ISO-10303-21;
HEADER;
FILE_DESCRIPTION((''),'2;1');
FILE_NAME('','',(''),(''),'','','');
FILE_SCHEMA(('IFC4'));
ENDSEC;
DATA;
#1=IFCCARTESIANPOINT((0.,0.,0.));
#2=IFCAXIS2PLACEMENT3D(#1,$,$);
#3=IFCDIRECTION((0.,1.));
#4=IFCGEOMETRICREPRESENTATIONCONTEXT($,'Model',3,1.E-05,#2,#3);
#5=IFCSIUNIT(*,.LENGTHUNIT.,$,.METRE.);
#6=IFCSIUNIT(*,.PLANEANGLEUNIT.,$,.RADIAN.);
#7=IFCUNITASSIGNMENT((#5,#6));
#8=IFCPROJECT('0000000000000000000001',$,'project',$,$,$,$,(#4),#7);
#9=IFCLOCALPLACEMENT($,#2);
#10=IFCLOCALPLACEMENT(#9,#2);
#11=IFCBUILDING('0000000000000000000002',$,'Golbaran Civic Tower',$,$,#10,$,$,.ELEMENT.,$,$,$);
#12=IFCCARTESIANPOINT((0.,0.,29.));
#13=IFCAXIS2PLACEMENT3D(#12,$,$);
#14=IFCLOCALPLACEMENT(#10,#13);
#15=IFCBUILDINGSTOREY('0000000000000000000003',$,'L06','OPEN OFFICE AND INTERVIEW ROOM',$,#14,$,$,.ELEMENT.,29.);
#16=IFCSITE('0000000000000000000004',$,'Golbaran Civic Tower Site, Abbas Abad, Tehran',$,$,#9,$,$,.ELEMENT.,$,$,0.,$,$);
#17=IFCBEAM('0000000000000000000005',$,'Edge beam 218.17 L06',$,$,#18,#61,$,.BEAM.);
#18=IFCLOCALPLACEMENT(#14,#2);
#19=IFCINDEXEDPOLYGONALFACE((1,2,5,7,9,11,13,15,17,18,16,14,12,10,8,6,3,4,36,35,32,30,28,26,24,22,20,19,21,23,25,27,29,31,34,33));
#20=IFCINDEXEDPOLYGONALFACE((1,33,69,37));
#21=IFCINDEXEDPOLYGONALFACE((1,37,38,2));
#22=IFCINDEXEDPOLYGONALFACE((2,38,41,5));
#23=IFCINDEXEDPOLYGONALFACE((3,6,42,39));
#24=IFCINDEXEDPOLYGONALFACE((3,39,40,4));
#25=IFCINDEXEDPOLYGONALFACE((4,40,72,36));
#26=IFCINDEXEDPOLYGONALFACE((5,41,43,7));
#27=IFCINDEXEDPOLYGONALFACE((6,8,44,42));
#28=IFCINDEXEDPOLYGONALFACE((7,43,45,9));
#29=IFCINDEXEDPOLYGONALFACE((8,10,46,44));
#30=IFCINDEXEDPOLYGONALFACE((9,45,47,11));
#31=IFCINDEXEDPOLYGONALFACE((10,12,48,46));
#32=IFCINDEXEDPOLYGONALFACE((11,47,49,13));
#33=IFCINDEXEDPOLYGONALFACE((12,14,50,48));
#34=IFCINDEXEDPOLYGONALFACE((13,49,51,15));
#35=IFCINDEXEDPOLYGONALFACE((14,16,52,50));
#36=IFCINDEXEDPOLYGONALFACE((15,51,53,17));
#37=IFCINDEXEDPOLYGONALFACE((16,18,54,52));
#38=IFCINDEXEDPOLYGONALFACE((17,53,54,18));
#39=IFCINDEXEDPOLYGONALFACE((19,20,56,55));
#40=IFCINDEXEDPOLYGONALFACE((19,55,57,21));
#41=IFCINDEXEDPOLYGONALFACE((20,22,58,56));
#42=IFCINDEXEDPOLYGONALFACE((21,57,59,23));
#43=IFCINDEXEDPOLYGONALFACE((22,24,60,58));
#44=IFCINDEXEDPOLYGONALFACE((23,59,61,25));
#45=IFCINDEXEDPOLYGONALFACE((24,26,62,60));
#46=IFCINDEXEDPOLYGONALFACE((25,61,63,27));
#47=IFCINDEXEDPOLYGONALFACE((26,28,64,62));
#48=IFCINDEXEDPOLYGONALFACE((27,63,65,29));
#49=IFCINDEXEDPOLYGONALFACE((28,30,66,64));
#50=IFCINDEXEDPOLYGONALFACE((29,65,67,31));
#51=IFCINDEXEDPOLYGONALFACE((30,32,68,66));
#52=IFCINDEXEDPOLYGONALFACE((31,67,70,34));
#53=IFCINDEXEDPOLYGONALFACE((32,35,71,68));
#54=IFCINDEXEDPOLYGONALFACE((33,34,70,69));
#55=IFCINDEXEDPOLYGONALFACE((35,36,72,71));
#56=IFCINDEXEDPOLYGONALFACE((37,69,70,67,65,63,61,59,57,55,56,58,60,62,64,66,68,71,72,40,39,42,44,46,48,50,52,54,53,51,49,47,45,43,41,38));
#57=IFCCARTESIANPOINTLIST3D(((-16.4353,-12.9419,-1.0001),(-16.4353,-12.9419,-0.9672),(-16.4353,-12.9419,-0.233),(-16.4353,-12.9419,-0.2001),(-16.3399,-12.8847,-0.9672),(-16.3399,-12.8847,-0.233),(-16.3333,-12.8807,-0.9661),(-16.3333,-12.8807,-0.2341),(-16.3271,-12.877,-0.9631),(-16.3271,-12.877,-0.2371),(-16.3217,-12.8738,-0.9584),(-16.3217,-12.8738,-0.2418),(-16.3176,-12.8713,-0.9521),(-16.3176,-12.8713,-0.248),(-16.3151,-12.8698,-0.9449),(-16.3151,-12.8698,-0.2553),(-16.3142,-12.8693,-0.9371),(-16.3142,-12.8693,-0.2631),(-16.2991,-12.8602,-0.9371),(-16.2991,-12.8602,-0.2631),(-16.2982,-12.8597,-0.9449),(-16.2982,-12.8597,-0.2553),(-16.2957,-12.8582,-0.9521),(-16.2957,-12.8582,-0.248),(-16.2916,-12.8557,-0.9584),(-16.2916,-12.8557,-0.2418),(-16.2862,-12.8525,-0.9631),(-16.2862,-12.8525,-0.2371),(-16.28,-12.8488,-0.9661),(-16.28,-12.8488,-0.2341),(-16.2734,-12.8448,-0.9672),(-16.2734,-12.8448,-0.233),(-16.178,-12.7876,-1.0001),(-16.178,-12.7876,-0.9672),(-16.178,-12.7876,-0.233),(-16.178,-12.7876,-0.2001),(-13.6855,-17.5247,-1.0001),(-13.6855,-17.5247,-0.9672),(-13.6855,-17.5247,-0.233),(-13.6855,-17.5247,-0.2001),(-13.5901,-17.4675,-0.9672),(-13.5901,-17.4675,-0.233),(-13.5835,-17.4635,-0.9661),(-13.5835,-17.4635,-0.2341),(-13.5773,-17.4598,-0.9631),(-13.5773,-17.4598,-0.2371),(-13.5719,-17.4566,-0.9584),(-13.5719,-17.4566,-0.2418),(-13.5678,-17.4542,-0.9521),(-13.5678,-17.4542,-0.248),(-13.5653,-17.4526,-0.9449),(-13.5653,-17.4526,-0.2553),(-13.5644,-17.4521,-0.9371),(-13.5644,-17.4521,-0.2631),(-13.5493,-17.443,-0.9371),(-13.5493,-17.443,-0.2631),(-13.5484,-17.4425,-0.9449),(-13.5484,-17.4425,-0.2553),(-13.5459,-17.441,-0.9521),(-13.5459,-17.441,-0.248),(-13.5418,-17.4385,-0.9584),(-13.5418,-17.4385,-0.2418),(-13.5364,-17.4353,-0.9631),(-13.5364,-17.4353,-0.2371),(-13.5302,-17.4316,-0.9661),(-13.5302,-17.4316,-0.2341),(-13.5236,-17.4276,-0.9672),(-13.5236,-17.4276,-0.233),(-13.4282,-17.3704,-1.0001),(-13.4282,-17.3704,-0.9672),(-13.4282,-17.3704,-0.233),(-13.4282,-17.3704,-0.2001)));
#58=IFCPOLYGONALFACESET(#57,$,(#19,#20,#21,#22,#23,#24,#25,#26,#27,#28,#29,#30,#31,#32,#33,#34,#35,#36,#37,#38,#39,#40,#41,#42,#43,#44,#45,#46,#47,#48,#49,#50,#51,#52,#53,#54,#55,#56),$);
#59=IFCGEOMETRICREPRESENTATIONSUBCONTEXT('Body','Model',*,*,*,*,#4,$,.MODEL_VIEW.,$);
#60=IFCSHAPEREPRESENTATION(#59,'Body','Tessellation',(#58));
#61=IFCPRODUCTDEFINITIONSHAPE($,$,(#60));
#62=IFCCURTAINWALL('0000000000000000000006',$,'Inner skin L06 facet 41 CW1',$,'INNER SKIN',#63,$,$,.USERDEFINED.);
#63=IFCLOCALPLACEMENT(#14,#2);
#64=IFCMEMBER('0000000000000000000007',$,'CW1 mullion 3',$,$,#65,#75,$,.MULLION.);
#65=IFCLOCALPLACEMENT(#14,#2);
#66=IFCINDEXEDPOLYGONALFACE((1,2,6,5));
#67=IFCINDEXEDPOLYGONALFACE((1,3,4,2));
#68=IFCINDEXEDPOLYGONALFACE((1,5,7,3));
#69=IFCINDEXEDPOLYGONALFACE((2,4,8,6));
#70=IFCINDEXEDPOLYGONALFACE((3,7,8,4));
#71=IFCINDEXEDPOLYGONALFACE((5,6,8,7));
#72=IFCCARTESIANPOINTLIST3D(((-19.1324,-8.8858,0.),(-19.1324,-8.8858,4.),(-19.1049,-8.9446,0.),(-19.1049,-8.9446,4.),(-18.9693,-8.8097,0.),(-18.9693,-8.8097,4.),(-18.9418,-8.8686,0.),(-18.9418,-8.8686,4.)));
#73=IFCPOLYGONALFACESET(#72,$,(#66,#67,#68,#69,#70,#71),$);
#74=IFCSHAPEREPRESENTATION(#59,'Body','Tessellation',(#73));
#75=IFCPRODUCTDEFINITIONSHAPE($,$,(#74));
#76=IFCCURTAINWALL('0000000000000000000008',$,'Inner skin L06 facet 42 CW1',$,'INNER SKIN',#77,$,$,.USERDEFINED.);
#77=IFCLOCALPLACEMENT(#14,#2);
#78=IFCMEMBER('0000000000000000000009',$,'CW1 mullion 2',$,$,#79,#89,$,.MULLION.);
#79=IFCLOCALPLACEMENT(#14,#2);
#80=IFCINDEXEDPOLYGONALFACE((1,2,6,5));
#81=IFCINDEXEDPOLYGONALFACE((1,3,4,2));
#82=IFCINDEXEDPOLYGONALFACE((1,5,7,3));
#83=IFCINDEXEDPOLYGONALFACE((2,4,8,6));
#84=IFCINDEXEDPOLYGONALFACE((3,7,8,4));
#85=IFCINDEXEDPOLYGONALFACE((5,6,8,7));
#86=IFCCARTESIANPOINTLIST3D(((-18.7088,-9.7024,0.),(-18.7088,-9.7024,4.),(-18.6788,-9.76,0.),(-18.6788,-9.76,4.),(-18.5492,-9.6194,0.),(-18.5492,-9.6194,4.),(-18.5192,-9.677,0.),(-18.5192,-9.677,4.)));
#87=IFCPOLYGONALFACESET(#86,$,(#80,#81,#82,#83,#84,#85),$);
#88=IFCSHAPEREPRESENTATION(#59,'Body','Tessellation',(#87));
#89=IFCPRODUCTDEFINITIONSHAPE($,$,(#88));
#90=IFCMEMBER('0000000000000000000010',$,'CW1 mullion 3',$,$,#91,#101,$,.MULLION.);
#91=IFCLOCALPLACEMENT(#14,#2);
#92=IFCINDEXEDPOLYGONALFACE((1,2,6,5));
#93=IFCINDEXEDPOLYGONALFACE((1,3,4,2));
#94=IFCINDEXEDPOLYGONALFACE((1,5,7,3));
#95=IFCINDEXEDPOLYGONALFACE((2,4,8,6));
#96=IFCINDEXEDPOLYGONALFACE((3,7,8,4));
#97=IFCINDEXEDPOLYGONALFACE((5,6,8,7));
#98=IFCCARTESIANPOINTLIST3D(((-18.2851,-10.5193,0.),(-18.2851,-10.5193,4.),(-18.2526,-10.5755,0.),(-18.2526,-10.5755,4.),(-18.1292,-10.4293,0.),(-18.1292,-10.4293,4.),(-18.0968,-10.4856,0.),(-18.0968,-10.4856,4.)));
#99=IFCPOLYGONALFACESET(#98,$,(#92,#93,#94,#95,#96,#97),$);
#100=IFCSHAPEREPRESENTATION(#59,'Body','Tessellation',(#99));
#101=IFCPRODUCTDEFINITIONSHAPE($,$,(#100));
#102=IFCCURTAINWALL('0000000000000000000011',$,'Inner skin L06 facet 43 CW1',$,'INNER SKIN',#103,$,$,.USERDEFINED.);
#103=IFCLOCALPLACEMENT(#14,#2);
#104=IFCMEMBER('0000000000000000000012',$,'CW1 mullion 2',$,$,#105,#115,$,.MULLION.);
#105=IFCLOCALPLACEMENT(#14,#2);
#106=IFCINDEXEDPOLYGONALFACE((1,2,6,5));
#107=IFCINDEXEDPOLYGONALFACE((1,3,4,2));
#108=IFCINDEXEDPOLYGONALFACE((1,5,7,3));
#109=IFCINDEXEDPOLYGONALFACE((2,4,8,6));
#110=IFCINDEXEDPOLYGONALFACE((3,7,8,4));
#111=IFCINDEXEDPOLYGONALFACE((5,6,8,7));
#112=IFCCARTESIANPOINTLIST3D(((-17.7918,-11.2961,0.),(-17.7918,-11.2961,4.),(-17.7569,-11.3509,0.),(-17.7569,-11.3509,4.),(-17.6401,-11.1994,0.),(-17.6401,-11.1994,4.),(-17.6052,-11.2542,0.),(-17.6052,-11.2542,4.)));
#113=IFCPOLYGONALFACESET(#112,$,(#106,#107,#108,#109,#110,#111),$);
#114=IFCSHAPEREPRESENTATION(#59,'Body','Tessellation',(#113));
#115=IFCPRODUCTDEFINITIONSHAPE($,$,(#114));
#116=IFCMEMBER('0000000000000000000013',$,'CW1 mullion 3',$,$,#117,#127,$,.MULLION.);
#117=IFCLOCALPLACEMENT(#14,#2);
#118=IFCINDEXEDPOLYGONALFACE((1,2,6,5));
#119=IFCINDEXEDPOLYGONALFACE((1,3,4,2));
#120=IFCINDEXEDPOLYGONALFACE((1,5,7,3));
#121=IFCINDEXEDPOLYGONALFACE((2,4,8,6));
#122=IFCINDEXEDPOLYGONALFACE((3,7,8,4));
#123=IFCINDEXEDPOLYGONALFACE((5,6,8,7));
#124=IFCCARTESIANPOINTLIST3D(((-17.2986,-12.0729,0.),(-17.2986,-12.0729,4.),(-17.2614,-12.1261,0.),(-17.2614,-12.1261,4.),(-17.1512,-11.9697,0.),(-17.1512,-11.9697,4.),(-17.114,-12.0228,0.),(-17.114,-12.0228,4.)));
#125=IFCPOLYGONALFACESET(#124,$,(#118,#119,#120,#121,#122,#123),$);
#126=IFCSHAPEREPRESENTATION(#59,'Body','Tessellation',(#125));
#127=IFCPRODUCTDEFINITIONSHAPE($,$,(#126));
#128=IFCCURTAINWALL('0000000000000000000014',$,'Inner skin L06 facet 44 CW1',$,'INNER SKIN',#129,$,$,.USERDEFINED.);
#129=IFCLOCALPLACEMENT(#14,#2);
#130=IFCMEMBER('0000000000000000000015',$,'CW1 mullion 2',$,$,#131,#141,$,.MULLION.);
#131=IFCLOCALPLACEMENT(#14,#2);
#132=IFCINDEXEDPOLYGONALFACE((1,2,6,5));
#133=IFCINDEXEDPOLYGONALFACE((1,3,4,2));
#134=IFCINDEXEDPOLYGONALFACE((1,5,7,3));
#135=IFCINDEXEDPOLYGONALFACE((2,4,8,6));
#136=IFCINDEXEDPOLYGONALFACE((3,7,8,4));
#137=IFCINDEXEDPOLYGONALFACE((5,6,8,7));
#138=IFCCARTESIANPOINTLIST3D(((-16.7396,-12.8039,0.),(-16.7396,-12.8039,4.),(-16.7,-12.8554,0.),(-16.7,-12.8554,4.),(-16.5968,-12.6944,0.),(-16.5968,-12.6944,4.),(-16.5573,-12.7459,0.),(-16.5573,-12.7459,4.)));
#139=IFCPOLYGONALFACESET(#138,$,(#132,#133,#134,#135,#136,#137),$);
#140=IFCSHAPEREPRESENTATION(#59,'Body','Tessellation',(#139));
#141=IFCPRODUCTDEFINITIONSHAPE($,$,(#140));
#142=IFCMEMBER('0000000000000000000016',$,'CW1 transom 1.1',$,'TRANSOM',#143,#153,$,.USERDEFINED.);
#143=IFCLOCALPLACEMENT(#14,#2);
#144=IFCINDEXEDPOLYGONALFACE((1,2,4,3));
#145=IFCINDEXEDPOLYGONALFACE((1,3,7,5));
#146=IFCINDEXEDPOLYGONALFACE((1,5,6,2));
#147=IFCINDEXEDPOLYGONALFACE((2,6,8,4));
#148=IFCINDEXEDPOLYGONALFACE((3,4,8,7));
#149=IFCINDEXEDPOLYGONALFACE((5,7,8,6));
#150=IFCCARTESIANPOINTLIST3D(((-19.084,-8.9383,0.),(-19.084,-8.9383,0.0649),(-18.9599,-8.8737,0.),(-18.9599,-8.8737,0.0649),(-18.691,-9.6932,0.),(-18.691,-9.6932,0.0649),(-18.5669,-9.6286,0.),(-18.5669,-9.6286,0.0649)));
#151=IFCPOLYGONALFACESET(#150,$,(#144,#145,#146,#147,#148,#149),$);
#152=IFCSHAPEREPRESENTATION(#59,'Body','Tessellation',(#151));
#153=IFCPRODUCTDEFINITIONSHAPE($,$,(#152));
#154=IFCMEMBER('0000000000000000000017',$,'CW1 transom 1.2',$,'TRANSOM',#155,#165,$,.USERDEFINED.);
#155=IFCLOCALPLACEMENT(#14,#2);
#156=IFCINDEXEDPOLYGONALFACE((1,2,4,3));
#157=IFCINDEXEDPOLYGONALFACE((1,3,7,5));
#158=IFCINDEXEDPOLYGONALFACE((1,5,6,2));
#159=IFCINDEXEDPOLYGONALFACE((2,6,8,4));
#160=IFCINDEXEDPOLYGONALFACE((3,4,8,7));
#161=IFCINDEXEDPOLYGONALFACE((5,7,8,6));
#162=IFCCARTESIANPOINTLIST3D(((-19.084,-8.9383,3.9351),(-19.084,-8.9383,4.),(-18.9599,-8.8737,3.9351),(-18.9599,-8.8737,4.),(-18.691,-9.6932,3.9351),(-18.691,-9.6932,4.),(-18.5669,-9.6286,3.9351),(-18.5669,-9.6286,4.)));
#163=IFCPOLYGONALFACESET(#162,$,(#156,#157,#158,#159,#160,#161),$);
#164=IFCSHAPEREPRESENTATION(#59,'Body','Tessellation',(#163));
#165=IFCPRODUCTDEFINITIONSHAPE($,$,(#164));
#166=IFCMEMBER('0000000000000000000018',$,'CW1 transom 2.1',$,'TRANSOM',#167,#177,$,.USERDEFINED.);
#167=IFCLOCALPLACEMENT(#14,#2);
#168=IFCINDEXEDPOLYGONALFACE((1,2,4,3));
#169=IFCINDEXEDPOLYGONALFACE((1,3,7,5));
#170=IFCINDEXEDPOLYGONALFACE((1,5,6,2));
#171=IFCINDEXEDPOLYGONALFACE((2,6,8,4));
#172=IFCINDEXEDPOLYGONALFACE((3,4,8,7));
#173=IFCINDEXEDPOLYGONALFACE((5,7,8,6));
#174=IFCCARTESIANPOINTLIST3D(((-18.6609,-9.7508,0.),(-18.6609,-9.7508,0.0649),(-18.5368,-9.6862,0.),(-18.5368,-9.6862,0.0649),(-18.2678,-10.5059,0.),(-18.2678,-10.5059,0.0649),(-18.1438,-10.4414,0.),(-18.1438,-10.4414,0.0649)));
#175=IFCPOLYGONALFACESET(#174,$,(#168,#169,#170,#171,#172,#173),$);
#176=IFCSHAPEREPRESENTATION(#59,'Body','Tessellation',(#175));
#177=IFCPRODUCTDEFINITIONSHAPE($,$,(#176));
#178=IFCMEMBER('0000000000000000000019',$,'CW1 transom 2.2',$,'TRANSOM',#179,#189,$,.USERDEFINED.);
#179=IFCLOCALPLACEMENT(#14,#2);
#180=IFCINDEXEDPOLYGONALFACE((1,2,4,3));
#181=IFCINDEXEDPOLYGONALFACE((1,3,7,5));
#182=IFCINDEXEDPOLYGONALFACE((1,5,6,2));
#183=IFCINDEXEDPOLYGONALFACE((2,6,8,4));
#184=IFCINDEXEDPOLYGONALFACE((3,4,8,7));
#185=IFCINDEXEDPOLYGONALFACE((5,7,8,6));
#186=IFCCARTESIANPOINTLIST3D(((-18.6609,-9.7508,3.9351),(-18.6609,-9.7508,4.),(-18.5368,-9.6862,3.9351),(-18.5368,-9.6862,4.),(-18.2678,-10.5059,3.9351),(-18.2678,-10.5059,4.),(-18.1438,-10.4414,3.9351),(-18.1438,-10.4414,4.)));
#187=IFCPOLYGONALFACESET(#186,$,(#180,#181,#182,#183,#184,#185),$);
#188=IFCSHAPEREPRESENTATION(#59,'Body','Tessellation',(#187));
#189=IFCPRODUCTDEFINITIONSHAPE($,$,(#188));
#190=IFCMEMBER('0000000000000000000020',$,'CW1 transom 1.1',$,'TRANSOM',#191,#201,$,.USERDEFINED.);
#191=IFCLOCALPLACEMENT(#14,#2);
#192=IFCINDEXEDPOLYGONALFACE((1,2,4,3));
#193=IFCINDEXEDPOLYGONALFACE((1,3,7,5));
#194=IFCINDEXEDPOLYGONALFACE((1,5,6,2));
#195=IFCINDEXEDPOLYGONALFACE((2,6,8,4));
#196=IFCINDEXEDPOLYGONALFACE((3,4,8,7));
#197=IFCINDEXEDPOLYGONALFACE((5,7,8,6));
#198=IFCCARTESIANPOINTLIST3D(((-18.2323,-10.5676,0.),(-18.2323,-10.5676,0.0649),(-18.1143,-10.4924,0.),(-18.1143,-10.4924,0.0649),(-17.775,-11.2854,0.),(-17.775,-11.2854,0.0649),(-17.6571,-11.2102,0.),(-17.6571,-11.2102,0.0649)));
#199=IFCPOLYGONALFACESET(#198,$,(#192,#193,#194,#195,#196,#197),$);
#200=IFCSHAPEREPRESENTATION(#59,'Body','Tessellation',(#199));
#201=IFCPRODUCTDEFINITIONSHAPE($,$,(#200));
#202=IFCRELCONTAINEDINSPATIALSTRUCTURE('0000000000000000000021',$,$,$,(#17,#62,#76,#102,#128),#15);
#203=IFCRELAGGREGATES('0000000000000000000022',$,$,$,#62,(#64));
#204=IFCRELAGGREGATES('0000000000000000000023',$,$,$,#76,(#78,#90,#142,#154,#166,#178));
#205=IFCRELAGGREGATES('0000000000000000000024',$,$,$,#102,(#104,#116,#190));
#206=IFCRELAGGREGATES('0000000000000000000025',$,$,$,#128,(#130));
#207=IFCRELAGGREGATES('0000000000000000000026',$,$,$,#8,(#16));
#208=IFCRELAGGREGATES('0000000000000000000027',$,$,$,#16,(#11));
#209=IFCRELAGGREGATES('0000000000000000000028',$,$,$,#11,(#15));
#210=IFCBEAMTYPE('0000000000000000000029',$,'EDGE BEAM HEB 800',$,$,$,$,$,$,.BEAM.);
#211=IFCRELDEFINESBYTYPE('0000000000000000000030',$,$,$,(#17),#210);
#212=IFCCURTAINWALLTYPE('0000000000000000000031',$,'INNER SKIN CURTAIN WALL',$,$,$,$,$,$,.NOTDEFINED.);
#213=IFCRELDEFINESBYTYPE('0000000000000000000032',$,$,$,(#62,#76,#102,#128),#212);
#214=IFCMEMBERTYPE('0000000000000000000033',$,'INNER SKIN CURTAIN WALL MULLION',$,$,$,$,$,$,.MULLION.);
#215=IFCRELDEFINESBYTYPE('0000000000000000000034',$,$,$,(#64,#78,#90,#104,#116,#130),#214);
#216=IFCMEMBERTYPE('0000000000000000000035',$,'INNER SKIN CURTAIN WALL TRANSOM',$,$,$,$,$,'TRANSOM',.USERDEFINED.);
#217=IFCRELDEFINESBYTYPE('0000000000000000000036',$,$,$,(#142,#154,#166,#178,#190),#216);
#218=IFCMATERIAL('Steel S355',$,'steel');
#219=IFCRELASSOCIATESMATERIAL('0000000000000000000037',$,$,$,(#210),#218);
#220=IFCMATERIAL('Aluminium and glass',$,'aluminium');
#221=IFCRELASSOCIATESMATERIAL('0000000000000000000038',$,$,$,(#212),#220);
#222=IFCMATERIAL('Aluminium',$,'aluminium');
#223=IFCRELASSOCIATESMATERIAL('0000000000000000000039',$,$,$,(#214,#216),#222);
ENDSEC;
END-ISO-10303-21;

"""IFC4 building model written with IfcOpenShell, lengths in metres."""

from ifc_helpers import new_model, si_unit, direction, frame, origin, origin_2d, place, context, subcontext, project, spatial, rectangle, i_section, extrude, material, material_profile, profile_set, type_object, element, aggregate, save


model = new_model("IFC4")

# Units and contexts
model_context = context("Model", 3, precision=1e-05, world=origin(), true_north=direction((0.0, 1.0)))
body_context = subcontext(model_context, "Body", "Model", "MODEL_VIEW")
ifc_project = project(units=[si_unit("LENGTHUNIT", "METRE"), si_unit("PLANEANGLEUNIT", "RADIAN")], contexts=[model_context])

# Site, building, storey
site_placement = place(None, origin())
site = spatial("IfcSite", under=ifc_project, at=site_placement, Name="Golbaran Civic Tower Site, Abbas Abad, Tehran", CompositionType="ELEMENT", RefElevation=0.0)
building_placement = place(site_placement, origin())
building = spatial("IfcBuilding", under=site, at=building_placement, Name="Golbaran Civic Tower", CompositionType="ELEMENT")
storey_placement = place(building_placement, frame((0.0, 0.0, 29.0)))
storey = spatial("IfcBuildingStorey", under=building, at=storey_placement, Name="L06", Description="OPEN OFFICE AND INTERVIEW ROOM", CompositionType="ELEMENT", Elevation=29.0)

# Beam
ifc_material_1 = material(Name="Steel S355", Category="steel")
ifc_material_profile_1 = material_profile(ifc_material_1, i_section(OverallWidth=0.3, OverallDepth=0.8, WebThickness=0.0176, FlangeThickness=0.033, FilletRadius=0.03, at=origin_2d()), Name="HEB 800")
ifc_profile_set_1 = profile_set([ifc_material_profile_1], Name="Steel S355")
beam_type = type_object("IfcBeamType", Name="EDGE BEAM HEB 800", PredefinedType="BEAM", material=ifc_profile_set_1)
beam_placement = place(storey_placement, frame((-16.3066, -12.8647, -0.6001), z_axis=(0.514509, -0.857485, 0.0), x_axis=(0.857485, 0.514509, 0.0)))
element("IfcBeam", 1, at=beam_placement, inside=storey, type_object=beam_type, Name="Edge beam 218.17 L06", PredefinedType="BEAM", context=body_context, shape_type="SweptSolid", body=[
    extrude(i_section(OverallWidth=0.3, OverallDepth=0.8, WebThickness=0.0176, FlangeThickness=0.033, FilletRadius=0.03, at=origin_2d()), origin(), (0.0, 0.0, 1.0), 5.3445),
])

# Curtain wall, member
ifc_material_2 = material(Name="Aluminium and glass", Category="aluminium")
curtain_wall_type = type_object("IfcCurtainWallType", Name="INNER SKIN CURTAIN WALL", PredefinedType="NOTDEFINED", material=ifc_material_2)
curtain_wall_1_placement = place(storey_placement, origin())
curtain_wall_1 = element("IfcCurtainWall", 2, at=curtain_wall_1_placement, inside=storey, type_object=curtain_wall_type, Name="Inner skin L06 facet 41 CW1", ObjectType="INNER SKIN", PredefinedType="USERDEFINED")
ifc_material_3 = material(Name="Aluminium", Category="aluminium")
ifc_material_profile_2 = material_profile(ifc_material_3, rectangle(XDim=0.1799, YDim=0.0649, at=origin_2d()), Name="INNER SKIN CURTAIN WALL MULLION")
ifc_profile_set_2 = profile_set([ifc_material_profile_2], Name="Aluminium")
member_type_1 = type_object("IfcMemberType", Name="INNER SKIN CURTAIN WALL MULLION", PredefinedType="MULLION", material=ifc_profile_set_2)
member_1_placement = place(storey_placement, frame((-19.0371, -8.8772, 0.0), z_axis=(0.0, 0.0, 1.0), x_axis=(0.906308, 0.422618, 0.0)))
member_1 = element("IfcMember", 3, at=member_1_placement, type_object=member_type_1, Name="CW1 mullion 3", PredefinedType="MULLION", context=body_context, shape_type="SweptSolid", body=[
    extrude(rectangle(XDim=0.1799, YDim=0.0649, at=origin_2d()), origin(), (0.0, 0.0, 1.0), 4.0),
])

# Curtain walls, members
curtain_wall_2_placement = place(storey_placement, origin())
curtain_wall_2 = element("IfcCurtainWall", 4, at=curtain_wall_2_placement, inside=storey, type_object=curtain_wall_type, Name="Inner skin L06 facet 42 CW1", ObjectType="INNER SKIN", PredefinedType="USERDEFINED")
member_2_placement = place(storey_placement, frame((-18.614, -9.6897, 0.0), z_axis=(0.0, 0.0, 1.0), x_axis=(0.887011, 0.461749, 0.0)))
member_2 = element("IfcMember", 5, at=member_2_placement, type_object=member_type_1, Name="CW1 mullion 2", PredefinedType="MULLION", context=body_context, shape_type="SweptSolid", body=[
    extrude(rectangle(XDim=0.1799, YDim=0.0649, at=origin_2d()), origin(), (0.0, 0.0, 1.0), 4.0),
])
member_3_placement = place(storey_placement, frame((-18.1909, -10.5024, 0.0), z_axis=(0.0, 0.0, 1.0), x_axis=(0.866025, 0.5, 0.0)))
member_3 = element("IfcMember", 6, at=member_3_placement, type_object=member_type_1, Name="CW1 mullion 3", PredefinedType="MULLION", context=body_context, shape_type="SweptSolid", body=[
    extrude(rectangle(XDim=0.1799, YDim=0.0649, at=origin_2d()), origin(), (0.0, 0.0, 1.0), 4.0),
])
curtain_wall_3_placement = place(storey_placement, origin())
curtain_wall_3 = element("IfcCurtainWall", 7, at=curtain_wall_3_placement, inside=storey, type_object=curtain_wall_type, Name="Inner skin L06 facet 43 CW1", ObjectType="INNER SKIN", PredefinedType="USERDEFINED")
member_4_placement = place(storey_placement, frame((-17.6985, -11.2751, 0.0), z_axis=(0.0, 0.0, 1.0), x_axis=(0.843391, 0.5373, 0.0)))
member_4 = element("IfcMember", 8, at=member_4_placement, type_object=member_type_1, Name="CW1 mullion 2", PredefinedType="MULLION", context=body_context, shape_type="SweptSolid", body=[
    extrude(rectangle(XDim=0.1799, YDim=0.0649, at=origin_2d()), origin(), (0.0, 0.0, 1.0), 4.0),
])
member_5_placement = place(storey_placement, frame((-17.2063, -12.0479, 0.0), z_axis=(0.0, 0.0, 1.0), x_axis=(0.819152, 0.573576, 0.0)))
member_5 = element("IfcMember", 9, at=member_5_placement, type_object=member_type_1, Name="CW1 mullion 3", PredefinedType="MULLION", context=body_context, shape_type="SweptSolid", body=[
    extrude(rectangle(XDim=0.1799, YDim=0.0649, at=origin_2d()), origin(), (0.0, 0.0, 1.0), 4.0),
])

# Curtain wall, member
curtain_wall_4_placement = place(storey_placement, origin())
curtain_wall_4 = element("IfcCurtainWall", 10, at=curtain_wall_4_placement, inside=storey, type_object=curtain_wall_type, Name="Inner skin L06 facet 44 CW1", ObjectType="INNER SKIN", PredefinedType="USERDEFINED")
member_6_placement = place(storey_placement, frame((-16.6484, -12.7749, 0.0), z_axis=(0.0, 0.0, 1.0), x_axis=(0.793353, 0.608761, 0.0)))
member_6 = element("IfcMember", 11, at=member_6_placement, type_object=member_type_1, Name="CW1 mullion 2", PredefinedType="MULLION", context=body_context, shape_type="SweptSolid", body=[
    extrude(rectangle(XDim=0.1799, YDim=0.0649, at=origin_2d()), origin(), (0.0, 0.0, 1.0), 4.0),
])

# Members
ifc_material_profile_3 = material_profile(ifc_material_3, rectangle(XDim=0.1399, YDim=0.0649, at=origin_2d()), Name="INNER SKIN CURTAIN WALL TRANSOM")
ifc_profile_set_3 = profile_set([ifc_material_profile_3], Name="Aluminium")
member_type_2 = type_object("IfcMemberType", Name="INNER SKIN CURTAIN WALL TRANSOM", ElementType="TRANSOM", PredefinedType="USERDEFINED", material=ifc_profile_set_3)
member_7_placement = place(storey_placement, frame((-19.022, -8.906, 0.0325), z_axis=(0.46184, -0.886963, 0.0), x_axis=(0.886963, 0.46184, 0.0)))
member_7 = element("IfcMember", 12, at=member_7_placement, type_object=member_type_2, Name="CW1 transom 1.1", ObjectType="TRANSOM", PredefinedType="USERDEFINED", context=body_context, shape_type="SweptSolid", body=[
    extrude(rectangle(XDim=0.1399, YDim=0.0649, at=origin_2d()), origin(), (0.0, 0.0, 1.0), 0.8511),
])
member_8_placement = place(storey_placement, frame((-19.022, -8.906, 3.9675), z_axis=(0.46184, -0.886963, 0.0), x_axis=(0.886963, 0.46184, 0.0)))
member_8 = element("IfcMember", 13, at=member_8_placement, type_object=member_type_2, Name="CW1 transom 1.2", ObjectType="TRANSOM", PredefinedType="USERDEFINED", context=body_context, shape_type="SweptSolid", body=[
    extrude(rectangle(XDim=0.1399, YDim=0.0649, at=origin_2d()), origin(), (0.0, 0.0, 1.0), 0.8511),
])
member_9_placement = place(storey_placement, frame((-18.5989, -9.7185, 0.0325), z_axis=(0.461723, -0.887024, 0.0), x_axis=(0.887024, 0.461723, 0.0)))
member_9 = element("IfcMember", 14, at=member_9_placement, type_object=member_type_2, Name="CW1 transom 2.1", ObjectType="TRANSOM", PredefinedType="USERDEFINED", context=body_context, shape_type="SweptSolid", body=[
    extrude(rectangle(XDim=0.1399, YDim=0.0649, at=origin_2d()), origin(), (0.0, 0.0, 1.0), 0.8513),
])
member_10_placement = place(storey_placement, frame((-18.5989, -9.7185, 3.9675), z_axis=(0.461723, -0.887024, 0.0), x_axis=(0.887024, 0.461723, 0.0)))
member_10 = element("IfcMember", 15, at=member_10_placement, type_object=member_type_2, Name="CW1 transom 2.2", ObjectType="TRANSOM", PredefinedType="USERDEFINED", context=body_context, shape_type="SweptSolid", body=[
    extrude(rectangle(XDim=0.1399, YDim=0.0649, at=origin_2d()), origin(), (0.0, 0.0, 1.0), 0.8513),
])
member_11_placement = place(storey_placement, frame((-18.1733, -10.53, 0.0325), z_axis=(0.537302, -0.84339, 0.0), x_axis=(0.84339, 0.537302, 0.0)))
member_11 = element("IfcMember", 16, at=member_11_placement, type_object=member_type_2, Name="CW1 transom 1.1", ObjectType="TRANSOM", PredefinedType="USERDEFINED", context=body_context, shape_type="SweptSolid", body=[
    extrude(rectangle(XDim=0.1399, YDim=0.0649, at=origin_2d()), origin(), (0.0, 0.0, 1.0), 0.8511),
])

aggregate(curtain_wall_1, [member_1])
aggregate(curtain_wall_2, [member_2, member_3, member_7, member_8, member_9, member_10])
aggregate(curtain_wall_3, [member_4, member_5, member_11])
aggregate(curtain_wall_4, [member_6])

save(model, "model.ifc")
